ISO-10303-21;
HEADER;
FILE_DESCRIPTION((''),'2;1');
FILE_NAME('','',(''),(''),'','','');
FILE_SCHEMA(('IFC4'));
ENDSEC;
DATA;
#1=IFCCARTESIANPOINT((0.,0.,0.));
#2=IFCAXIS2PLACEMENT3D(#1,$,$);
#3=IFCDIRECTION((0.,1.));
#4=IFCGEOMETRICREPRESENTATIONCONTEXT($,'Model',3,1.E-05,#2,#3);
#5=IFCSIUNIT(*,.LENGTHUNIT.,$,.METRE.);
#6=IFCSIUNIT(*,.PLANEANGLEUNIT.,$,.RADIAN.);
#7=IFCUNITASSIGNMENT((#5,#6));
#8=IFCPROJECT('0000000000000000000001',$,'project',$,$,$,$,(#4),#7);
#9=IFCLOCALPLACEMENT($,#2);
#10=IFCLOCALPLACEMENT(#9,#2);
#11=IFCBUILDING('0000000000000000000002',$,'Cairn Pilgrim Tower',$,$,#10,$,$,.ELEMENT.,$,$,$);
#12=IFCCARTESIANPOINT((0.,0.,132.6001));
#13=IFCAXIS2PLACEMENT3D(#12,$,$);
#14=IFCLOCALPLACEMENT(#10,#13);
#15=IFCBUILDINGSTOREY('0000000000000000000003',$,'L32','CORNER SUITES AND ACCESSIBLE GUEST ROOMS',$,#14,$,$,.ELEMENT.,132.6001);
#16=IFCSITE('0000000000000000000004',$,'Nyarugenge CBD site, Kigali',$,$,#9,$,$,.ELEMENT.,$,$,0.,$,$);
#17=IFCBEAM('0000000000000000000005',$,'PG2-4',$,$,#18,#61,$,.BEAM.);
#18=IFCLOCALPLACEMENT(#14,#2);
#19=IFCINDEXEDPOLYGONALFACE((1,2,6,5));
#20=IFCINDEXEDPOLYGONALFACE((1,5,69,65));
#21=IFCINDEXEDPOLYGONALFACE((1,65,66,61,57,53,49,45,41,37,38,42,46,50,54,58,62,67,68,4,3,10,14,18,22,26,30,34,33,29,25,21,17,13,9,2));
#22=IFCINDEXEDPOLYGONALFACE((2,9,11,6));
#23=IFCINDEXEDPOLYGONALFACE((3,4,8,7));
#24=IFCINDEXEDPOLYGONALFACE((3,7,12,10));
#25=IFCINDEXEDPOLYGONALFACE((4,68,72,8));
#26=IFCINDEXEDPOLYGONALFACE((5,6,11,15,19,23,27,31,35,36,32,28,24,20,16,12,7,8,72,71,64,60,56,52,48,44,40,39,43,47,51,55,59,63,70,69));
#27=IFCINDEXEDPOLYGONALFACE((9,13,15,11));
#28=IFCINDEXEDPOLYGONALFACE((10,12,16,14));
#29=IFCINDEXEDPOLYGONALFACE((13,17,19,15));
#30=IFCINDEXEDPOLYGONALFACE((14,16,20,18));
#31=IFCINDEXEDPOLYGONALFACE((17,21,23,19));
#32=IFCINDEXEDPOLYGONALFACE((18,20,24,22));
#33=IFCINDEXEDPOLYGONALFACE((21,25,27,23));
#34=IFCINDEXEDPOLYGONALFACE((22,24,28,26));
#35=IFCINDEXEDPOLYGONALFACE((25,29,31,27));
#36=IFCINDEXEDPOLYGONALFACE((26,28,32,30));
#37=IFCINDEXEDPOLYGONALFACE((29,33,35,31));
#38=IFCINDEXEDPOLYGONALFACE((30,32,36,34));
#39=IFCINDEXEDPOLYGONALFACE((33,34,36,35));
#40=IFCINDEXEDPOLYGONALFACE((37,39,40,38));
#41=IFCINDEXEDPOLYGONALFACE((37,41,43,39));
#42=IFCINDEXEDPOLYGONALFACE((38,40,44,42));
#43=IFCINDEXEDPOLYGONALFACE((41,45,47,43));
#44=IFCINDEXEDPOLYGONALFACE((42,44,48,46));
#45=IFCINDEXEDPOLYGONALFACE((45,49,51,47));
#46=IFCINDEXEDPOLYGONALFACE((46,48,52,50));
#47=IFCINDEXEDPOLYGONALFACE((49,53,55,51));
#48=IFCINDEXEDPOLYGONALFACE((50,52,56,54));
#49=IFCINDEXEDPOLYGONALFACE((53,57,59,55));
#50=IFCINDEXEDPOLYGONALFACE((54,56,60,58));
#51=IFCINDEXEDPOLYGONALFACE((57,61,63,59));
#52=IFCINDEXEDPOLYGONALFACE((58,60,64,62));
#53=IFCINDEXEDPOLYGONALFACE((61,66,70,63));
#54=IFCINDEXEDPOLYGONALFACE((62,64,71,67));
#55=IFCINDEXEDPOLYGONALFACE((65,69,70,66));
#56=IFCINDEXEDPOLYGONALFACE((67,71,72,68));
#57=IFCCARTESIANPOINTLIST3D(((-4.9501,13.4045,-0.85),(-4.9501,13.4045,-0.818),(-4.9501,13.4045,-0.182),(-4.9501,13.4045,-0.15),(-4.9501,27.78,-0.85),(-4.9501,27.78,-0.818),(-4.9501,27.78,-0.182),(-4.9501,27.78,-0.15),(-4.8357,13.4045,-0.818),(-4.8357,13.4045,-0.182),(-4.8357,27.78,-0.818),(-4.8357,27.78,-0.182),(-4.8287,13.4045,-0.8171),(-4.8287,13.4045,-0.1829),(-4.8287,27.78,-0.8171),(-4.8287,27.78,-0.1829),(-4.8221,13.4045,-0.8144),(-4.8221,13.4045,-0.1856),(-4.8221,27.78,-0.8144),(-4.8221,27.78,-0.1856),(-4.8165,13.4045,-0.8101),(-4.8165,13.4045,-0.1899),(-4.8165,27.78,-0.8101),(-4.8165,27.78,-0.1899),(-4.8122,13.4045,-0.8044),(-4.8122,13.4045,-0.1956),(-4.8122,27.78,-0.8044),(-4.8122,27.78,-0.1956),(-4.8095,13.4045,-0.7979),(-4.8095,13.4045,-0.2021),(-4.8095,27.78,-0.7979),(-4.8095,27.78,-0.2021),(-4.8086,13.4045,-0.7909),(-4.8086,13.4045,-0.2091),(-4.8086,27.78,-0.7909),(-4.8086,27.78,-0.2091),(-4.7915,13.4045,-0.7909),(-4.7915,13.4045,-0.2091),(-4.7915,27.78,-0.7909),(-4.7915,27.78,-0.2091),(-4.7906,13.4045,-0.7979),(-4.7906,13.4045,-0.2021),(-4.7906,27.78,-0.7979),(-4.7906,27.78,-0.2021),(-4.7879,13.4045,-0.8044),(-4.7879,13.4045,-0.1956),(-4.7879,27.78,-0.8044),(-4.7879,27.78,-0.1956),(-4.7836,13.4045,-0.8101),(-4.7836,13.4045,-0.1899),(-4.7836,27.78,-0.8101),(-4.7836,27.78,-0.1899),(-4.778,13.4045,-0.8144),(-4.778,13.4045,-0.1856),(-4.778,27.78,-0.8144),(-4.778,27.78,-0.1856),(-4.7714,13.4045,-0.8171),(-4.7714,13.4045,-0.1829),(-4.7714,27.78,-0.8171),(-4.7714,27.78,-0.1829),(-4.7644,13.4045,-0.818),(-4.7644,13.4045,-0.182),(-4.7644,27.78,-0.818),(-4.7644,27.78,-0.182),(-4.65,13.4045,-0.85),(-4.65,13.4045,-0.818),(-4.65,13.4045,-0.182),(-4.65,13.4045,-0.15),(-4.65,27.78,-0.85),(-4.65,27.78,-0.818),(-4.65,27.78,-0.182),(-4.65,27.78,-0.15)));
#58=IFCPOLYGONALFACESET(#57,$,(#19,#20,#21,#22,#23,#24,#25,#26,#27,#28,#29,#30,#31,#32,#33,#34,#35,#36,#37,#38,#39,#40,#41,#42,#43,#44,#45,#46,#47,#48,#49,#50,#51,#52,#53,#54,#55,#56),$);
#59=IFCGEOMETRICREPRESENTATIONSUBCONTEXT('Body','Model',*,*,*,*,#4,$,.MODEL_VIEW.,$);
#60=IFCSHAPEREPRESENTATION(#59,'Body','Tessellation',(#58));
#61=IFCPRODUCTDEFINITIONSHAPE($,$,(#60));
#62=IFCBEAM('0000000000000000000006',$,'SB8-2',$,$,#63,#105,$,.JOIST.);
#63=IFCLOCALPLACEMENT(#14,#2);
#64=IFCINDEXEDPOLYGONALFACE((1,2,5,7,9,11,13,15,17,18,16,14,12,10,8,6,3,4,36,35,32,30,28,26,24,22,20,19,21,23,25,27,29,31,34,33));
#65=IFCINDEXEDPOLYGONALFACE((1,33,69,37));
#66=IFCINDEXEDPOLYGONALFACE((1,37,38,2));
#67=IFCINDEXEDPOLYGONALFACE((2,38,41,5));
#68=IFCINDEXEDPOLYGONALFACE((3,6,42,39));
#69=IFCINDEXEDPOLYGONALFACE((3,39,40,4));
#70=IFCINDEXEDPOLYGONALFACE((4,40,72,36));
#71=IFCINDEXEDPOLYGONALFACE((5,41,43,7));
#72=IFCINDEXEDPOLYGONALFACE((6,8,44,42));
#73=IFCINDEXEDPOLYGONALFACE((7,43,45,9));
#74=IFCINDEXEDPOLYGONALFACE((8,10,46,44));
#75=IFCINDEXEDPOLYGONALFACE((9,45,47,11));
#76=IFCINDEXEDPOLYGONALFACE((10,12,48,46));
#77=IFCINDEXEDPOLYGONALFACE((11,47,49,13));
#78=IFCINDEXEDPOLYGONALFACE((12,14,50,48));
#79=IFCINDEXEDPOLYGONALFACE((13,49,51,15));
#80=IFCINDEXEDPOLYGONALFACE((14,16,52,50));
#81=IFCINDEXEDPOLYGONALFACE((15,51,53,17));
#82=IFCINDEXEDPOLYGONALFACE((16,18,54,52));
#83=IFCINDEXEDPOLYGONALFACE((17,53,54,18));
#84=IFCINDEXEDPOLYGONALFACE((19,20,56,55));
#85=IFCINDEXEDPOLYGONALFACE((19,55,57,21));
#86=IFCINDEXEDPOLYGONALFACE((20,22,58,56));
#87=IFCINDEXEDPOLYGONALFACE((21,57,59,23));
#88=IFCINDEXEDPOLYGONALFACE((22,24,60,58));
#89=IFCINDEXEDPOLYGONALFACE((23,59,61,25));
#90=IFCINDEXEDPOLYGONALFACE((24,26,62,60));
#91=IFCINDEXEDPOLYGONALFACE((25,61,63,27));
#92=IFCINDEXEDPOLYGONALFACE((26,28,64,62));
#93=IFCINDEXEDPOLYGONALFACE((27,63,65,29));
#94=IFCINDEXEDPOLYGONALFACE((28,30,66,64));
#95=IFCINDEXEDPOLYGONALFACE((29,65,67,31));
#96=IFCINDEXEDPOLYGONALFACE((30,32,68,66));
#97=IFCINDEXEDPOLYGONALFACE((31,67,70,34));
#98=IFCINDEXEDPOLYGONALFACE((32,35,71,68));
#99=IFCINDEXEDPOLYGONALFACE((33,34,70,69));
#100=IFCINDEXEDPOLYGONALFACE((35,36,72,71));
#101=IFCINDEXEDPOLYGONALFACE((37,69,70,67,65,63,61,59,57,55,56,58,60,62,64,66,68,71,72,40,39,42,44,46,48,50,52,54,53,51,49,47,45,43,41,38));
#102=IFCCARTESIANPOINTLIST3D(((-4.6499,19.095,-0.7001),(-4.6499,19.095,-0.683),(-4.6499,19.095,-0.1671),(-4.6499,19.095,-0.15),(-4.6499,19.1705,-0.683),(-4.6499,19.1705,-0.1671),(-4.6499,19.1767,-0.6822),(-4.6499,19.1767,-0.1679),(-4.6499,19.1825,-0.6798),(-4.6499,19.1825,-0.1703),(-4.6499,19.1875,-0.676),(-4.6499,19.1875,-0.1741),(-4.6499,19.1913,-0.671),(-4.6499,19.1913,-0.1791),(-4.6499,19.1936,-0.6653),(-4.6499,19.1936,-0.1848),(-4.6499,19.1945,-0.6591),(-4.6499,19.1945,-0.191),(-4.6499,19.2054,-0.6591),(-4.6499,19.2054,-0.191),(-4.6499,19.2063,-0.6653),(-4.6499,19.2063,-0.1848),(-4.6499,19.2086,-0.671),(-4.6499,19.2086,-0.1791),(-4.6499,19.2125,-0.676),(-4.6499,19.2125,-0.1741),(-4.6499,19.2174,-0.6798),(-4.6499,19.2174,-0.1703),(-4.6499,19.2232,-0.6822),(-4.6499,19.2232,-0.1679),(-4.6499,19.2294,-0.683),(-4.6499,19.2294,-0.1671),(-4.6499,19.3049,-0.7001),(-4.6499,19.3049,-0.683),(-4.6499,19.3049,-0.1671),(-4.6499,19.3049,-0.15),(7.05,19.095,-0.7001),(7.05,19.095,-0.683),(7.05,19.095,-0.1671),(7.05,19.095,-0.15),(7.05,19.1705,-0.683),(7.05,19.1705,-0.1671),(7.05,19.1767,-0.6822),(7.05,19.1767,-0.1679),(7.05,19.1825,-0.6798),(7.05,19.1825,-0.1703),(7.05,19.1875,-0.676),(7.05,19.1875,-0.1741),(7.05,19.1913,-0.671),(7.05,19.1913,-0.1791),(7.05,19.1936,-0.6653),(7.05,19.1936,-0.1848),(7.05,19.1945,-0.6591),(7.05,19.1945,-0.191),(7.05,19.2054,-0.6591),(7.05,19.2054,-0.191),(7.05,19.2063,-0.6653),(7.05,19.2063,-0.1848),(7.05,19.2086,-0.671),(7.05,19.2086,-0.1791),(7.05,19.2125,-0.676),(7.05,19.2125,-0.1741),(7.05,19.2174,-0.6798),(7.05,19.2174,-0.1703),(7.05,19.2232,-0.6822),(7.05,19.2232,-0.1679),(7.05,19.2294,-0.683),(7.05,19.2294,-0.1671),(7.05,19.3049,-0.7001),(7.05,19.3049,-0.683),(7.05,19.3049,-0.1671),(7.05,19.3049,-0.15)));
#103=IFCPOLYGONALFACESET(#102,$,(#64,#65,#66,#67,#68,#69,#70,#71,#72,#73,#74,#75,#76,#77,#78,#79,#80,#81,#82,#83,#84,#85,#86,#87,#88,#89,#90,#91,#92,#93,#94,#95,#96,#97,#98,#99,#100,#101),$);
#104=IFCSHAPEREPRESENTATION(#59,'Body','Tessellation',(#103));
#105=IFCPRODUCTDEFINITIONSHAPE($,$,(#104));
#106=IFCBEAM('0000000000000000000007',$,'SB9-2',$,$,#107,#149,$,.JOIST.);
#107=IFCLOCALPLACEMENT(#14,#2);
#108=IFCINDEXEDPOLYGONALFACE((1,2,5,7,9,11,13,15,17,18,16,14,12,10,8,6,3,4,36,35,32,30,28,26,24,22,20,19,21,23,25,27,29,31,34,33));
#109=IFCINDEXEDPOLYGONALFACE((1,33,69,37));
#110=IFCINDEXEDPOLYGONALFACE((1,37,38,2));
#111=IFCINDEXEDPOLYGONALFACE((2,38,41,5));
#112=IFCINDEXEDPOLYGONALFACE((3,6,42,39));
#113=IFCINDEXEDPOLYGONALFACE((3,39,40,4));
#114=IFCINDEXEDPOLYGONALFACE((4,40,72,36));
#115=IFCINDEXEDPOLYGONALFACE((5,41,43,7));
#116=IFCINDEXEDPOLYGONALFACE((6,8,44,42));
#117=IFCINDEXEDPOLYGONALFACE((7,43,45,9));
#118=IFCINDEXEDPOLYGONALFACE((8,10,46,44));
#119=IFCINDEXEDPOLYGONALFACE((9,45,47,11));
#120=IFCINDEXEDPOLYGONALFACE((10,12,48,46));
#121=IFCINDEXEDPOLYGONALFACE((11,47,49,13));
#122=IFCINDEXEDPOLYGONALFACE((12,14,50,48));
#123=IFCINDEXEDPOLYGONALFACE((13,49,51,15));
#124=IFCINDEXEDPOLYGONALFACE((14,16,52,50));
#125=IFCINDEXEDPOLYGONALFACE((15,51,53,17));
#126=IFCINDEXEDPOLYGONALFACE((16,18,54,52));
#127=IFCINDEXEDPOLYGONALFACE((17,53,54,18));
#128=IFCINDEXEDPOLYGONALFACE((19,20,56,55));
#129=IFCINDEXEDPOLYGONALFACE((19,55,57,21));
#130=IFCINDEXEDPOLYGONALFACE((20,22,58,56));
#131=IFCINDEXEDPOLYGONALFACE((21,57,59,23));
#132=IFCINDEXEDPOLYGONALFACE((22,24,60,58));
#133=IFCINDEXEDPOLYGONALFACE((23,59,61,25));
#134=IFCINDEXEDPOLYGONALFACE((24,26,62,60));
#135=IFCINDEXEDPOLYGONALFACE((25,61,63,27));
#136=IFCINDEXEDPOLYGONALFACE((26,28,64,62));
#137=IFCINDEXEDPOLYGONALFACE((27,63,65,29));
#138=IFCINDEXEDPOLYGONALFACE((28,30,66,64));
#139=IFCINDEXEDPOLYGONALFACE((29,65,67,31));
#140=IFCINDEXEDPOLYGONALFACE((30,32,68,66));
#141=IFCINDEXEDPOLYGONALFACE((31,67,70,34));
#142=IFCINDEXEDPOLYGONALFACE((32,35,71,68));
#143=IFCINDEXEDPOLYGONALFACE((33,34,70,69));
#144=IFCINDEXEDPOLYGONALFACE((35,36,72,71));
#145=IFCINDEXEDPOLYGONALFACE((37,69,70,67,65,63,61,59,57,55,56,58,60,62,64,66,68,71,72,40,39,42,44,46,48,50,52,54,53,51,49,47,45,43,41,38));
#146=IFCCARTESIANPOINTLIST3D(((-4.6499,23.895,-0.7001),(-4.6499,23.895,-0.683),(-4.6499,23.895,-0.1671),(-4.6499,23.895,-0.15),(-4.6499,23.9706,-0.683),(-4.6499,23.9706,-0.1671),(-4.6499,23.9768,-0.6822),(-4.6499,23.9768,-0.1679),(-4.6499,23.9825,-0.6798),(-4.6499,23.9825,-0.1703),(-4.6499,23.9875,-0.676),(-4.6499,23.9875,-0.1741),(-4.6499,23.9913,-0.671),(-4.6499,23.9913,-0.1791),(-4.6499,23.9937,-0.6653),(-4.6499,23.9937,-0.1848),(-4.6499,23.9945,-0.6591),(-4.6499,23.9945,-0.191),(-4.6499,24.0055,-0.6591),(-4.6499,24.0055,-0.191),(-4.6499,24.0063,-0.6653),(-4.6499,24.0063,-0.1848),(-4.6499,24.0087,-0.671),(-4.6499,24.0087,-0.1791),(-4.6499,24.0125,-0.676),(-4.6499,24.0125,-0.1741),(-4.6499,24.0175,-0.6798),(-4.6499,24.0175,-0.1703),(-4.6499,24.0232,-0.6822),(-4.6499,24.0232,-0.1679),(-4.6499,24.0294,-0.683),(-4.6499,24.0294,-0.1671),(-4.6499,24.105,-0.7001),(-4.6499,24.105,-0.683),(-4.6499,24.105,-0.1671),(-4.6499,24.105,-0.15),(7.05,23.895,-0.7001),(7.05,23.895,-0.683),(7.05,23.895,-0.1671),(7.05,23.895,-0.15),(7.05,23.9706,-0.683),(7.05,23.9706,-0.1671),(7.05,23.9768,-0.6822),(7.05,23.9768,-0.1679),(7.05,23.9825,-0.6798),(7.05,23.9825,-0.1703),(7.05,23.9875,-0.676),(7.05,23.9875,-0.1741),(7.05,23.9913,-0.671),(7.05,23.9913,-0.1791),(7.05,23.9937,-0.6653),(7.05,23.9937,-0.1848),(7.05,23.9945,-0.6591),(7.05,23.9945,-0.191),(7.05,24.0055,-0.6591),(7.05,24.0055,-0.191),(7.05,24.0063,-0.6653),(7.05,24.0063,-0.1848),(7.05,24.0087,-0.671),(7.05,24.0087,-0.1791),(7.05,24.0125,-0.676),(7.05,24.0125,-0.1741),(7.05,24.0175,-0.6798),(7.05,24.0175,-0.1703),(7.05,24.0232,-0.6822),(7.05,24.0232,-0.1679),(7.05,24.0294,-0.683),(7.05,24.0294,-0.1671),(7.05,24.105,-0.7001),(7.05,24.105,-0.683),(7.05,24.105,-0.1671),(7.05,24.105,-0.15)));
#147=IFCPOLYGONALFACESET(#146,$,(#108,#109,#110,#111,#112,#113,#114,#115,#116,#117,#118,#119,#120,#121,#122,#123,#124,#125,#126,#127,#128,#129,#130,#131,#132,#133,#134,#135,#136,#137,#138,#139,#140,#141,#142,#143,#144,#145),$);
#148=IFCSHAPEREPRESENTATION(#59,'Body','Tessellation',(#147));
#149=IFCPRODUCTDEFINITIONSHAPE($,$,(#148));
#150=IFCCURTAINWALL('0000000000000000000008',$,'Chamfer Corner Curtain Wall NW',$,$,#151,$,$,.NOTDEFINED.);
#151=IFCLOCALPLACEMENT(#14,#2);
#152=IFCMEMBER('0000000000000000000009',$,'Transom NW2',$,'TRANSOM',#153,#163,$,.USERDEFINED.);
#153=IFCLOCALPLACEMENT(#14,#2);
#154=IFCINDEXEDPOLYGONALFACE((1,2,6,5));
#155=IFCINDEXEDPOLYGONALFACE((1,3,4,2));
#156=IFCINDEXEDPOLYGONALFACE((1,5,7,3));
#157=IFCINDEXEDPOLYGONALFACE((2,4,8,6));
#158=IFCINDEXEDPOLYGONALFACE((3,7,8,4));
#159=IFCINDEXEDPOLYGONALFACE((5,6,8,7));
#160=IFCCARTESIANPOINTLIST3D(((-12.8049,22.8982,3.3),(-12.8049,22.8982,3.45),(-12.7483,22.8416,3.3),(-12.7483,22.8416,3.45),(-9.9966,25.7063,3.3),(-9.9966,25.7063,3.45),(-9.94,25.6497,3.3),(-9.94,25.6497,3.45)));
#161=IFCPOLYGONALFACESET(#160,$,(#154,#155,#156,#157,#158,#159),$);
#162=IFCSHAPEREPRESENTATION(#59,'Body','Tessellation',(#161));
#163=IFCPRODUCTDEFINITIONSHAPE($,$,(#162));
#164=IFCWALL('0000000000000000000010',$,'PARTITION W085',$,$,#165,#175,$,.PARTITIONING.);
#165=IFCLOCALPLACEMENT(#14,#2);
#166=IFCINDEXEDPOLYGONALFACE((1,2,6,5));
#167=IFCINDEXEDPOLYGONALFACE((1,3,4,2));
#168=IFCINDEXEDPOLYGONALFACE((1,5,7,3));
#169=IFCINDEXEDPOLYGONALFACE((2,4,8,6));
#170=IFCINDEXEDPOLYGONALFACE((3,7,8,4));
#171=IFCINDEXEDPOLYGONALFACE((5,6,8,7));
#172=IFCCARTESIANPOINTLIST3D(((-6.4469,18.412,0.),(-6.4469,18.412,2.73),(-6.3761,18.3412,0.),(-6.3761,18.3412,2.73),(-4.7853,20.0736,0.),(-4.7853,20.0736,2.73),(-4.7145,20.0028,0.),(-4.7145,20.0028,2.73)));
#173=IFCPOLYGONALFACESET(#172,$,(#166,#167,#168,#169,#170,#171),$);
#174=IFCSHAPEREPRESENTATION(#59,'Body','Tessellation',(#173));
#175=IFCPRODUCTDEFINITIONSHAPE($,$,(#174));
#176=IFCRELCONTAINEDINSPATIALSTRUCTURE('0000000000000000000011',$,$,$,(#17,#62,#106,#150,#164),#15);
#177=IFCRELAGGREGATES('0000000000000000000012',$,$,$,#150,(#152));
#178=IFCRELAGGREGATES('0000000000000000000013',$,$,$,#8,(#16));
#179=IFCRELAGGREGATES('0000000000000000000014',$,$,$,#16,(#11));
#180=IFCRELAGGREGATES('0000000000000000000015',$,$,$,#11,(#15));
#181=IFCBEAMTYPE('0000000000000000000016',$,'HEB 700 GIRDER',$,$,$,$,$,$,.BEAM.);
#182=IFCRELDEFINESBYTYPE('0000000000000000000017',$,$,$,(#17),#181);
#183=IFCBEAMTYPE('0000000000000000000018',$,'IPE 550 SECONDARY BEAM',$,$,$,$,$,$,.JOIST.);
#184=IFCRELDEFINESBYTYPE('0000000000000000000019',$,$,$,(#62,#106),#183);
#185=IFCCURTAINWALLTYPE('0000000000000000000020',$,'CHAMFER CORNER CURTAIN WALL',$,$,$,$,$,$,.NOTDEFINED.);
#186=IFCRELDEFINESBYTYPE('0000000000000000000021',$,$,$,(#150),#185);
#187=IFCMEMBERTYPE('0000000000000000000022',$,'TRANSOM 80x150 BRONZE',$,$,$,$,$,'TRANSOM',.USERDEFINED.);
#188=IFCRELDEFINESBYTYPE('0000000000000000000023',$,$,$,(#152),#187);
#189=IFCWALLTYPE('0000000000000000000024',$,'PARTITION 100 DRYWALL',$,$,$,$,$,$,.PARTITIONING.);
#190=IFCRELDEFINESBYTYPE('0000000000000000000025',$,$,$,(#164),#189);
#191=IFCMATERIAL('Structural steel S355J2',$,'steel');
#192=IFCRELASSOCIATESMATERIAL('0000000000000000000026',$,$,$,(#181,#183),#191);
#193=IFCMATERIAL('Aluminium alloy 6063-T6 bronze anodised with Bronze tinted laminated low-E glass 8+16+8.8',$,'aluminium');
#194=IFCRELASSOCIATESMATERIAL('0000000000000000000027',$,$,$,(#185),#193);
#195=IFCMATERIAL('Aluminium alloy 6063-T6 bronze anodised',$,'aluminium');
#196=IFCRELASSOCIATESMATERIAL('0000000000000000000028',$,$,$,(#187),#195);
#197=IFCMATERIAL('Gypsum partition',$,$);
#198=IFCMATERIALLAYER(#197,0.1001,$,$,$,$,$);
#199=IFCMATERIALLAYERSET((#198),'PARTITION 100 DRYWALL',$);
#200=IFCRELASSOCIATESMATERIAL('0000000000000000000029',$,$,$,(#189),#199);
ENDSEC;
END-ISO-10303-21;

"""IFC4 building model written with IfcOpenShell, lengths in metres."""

from ifc_helpers import new_model, si_unit, direction, frame, frame_2d, origin, origin_2d, place, context, subcontext, project, spatial, rectangle, i_section, extrude, material, layer, layer_set, material_profile, profile_set, type_object, element, aggregate, save


model = new_model("IFC4")

# Units and contexts
model_context = context("Model", 3, precision=1e-05, world=origin(), true_north=direction((0.0, 1.0)))
body_context = subcontext(model_context, "Body", "Model", "MODEL_VIEW")
ifc_project = project(units=[si_unit("LENGTHUNIT", "METRE"), si_unit("PLANEANGLEUNIT", "RADIAN")], contexts=[model_context])

# Site, building, storey
site_placement = place(None, origin())
site = spatial("IfcSite", under=ifc_project, at=site_placement, Name="Nyarugenge CBD site, Kigali", CompositionType="ELEMENT", RefElevation=0.0)
building_placement = place(site_placement, origin())
building = spatial("IfcBuilding", under=site, at=building_placement, Name="Cairn Pilgrim Tower", CompositionType="ELEMENT")
storey_placement = place(building_placement, frame((0.0, 0.0, 132.6001)))
storey = spatial("IfcBuildingStorey", under=building, at=storey_placement, Name="L32", Description="CORNER SUITES AND ACCESSIBLE GUEST ROOMS", CompositionType="ELEMENT", Elevation=132.6001)

# Beams
ifc_material_1 = material(Name="Structural steel S355J2", Category="steel")
ifc_material_profile_1 = material_profile(ifc_material_1, i_section(OverallWidth=0.3, OverallDepth=0.7, WebThickness=0.0171, FlangeThickness=0.032, FilletRadius=0.0271, at=origin_2d()), Name="HEB 700")
ifc_profile_set_1 = profile_set([ifc_material_profile_1], Name="Structural steel S355J2")
beam_type_1 = type_object("IfcBeamType", Name="HEB 700 GIRDER", PredefinedType="BEAM", material=ifc_profile_set_1)
beam_placement = place(storey_placement, frame((-4.8, 13.4045, -0.5), z_axis=(0.0, 1.0, 0.0), x_axis=(-1.0, 0.0, 0.0)))
element("IfcBeam", 1, at=beam_placement, inside=storey, type_object=beam_type_1, Name="PG2-4", PredefinedType="BEAM", context=body_context, shape_type="SweptSolid", body=[
    extrude(i_section(OverallWidth=0.3, OverallDepth=0.7, WebThickness=0.0171, FlangeThickness=0.032, FilletRadius=0.0271, at=origin_2d()), origin(), (0.0, 0.0, 1.0), 14.3755),
])
ifc_material_profile_2 = material_profile(ifc_material_1, i_section(OverallWidth=0.21, OverallDepth=0.55, WebThickness=0.011, FlangeThickness=0.0171, FilletRadius=0.0239, at=origin_2d()), Name="IPE 550")
ifc_profile_set_2 = profile_set([ifc_material_profile_2], Name="Structural steel S355J2")
beam_type_2 = type_object("IfcBeamType", Name="IPE 550 SECONDARY BEAM", PredefinedType="JOIST", material=ifc_profile_set_2)
for number, where, z_axis, x_axis, name in (
    (2, (-4.6499, 19.2, -0.425), (1.0, 0.0, 0.0), (0.0, 1.0, 0.0), "SB8-2"),
    (3, (-4.6499, 24.0, -0.425), (1.0, 0.0, 0.0), (0.0, 1.0, 0.0), "SB9-2"),
):
    element("IfcBeam", number, at=place(storey_placement, frame(where, z_axis=z_axis, x_axis=x_axis)), inside=storey, type_object=beam_type_2, Name=name, PredefinedType="JOIST", context=body_context, shape_type="SweptSolid", body=[
        extrude(i_section(OverallWidth=0.21, OverallDepth=0.55, WebThickness=0.011, FlangeThickness=0.0171, FilletRadius=0.0239, at=origin_2d()), origin(), (0.0, 0.0, 1.0), 11.7),
    ])

# Curtain wall, member
ifc_material_2 = material(Name="Aluminium alloy 6063-T6 bronze anodised with Bronze tinted laminated low-E glass 8+16+8.8", Category="aluminium")
curtain_wall_type = type_object("IfcCurtainWallType", Name="CHAMFER CORNER CURTAIN WALL", PredefinedType="NOTDEFINED", material=ifc_material_2)
curtain_wall_placement = place(storey_placement, origin())
curtain_wall = element("IfcCurtainWall", 4, at=curtain_wall_placement, inside=storey, type_object=curtain_wall_type, Name="Chamfer Corner Curtain Wall NW", PredefinedType="NOTDEFINED")
ifc_material_3 = material(Name="Aluminium alloy 6063-T6 bronze anodised", Category="aluminium")
ifc_material_profile_3 = material_profile(ifc_material_3, rectangle(XDim=0.0801, YDim=0.1499, at=origin_2d()), Name="TRANSOM 80x150 BRONZE")
ifc_profile_set_3 = profile_set([ifc_material_profile_3], Name="Aluminium alloy 6063-T6 bronze anodised")
member_type = type_object("IfcMemberType", Name="TRANSOM 80x150 BRONZE", ElementType="TRANSOM", PredefinedType="USERDEFINED", material=ifc_profile_set_3)
member_placement = place(storey_placement, frame((-9.9683, 25.678, 3.375), z_axis=(-0.707138, -0.707076, 0.0), x_axis=(0.707076, -0.707138, 0.0)))
member = element("IfcMember", 5, at=member_placement, type_object=member_type, Name="Transom NW2", ObjectType="TRANSOM", PredefinedType="USERDEFINED", context=body_context, shape_type="SweptSolid", body=[
    extrude(rectangle(XDim=0.0801, YDim=0.1499, at=origin_2d()), origin(), (0.0, 0.0, 1.0), 3.9714),
])
aggregate(curtain_wall, [member])

# Wall
ifc_material_4 = material(Name="Gypsum partition")
ifc_layer_1 = layer(ifc_material_4, 0.1001)
ifc_layer_set_1 = layer_set([ifc_layer_1], Name="PARTITION 100 DRYWALL")
wall_type_1 = type_object("IfcWallType", Name="PARTITION 100 DRYWALL", PredefinedType="PARTITIONING", material=ifc_layer_set_1)
wall_1_placement = place(storey_placement, frame((-6.4114, 18.3767, 0.0), z_axis=(0.0, 0.0, 1.0), x_axis=(0.707107, 0.707107, 0.0)))
element("IfcWall", 6, at=wall_1_placement, inside=storey, type_object=wall_type_1, Name="PARTITION W085", PredefinedType="PARTITIONING", context=body_context, shape_type="SweptSolid", body=[
    extrude(rectangle(XDim=2.3499, YDim=0.1001, at=frame_2d((1.1748, 0.0))), origin(), (0.0, 0.0, 1.0), 2.73),
])

save(model, "model.ifc")
